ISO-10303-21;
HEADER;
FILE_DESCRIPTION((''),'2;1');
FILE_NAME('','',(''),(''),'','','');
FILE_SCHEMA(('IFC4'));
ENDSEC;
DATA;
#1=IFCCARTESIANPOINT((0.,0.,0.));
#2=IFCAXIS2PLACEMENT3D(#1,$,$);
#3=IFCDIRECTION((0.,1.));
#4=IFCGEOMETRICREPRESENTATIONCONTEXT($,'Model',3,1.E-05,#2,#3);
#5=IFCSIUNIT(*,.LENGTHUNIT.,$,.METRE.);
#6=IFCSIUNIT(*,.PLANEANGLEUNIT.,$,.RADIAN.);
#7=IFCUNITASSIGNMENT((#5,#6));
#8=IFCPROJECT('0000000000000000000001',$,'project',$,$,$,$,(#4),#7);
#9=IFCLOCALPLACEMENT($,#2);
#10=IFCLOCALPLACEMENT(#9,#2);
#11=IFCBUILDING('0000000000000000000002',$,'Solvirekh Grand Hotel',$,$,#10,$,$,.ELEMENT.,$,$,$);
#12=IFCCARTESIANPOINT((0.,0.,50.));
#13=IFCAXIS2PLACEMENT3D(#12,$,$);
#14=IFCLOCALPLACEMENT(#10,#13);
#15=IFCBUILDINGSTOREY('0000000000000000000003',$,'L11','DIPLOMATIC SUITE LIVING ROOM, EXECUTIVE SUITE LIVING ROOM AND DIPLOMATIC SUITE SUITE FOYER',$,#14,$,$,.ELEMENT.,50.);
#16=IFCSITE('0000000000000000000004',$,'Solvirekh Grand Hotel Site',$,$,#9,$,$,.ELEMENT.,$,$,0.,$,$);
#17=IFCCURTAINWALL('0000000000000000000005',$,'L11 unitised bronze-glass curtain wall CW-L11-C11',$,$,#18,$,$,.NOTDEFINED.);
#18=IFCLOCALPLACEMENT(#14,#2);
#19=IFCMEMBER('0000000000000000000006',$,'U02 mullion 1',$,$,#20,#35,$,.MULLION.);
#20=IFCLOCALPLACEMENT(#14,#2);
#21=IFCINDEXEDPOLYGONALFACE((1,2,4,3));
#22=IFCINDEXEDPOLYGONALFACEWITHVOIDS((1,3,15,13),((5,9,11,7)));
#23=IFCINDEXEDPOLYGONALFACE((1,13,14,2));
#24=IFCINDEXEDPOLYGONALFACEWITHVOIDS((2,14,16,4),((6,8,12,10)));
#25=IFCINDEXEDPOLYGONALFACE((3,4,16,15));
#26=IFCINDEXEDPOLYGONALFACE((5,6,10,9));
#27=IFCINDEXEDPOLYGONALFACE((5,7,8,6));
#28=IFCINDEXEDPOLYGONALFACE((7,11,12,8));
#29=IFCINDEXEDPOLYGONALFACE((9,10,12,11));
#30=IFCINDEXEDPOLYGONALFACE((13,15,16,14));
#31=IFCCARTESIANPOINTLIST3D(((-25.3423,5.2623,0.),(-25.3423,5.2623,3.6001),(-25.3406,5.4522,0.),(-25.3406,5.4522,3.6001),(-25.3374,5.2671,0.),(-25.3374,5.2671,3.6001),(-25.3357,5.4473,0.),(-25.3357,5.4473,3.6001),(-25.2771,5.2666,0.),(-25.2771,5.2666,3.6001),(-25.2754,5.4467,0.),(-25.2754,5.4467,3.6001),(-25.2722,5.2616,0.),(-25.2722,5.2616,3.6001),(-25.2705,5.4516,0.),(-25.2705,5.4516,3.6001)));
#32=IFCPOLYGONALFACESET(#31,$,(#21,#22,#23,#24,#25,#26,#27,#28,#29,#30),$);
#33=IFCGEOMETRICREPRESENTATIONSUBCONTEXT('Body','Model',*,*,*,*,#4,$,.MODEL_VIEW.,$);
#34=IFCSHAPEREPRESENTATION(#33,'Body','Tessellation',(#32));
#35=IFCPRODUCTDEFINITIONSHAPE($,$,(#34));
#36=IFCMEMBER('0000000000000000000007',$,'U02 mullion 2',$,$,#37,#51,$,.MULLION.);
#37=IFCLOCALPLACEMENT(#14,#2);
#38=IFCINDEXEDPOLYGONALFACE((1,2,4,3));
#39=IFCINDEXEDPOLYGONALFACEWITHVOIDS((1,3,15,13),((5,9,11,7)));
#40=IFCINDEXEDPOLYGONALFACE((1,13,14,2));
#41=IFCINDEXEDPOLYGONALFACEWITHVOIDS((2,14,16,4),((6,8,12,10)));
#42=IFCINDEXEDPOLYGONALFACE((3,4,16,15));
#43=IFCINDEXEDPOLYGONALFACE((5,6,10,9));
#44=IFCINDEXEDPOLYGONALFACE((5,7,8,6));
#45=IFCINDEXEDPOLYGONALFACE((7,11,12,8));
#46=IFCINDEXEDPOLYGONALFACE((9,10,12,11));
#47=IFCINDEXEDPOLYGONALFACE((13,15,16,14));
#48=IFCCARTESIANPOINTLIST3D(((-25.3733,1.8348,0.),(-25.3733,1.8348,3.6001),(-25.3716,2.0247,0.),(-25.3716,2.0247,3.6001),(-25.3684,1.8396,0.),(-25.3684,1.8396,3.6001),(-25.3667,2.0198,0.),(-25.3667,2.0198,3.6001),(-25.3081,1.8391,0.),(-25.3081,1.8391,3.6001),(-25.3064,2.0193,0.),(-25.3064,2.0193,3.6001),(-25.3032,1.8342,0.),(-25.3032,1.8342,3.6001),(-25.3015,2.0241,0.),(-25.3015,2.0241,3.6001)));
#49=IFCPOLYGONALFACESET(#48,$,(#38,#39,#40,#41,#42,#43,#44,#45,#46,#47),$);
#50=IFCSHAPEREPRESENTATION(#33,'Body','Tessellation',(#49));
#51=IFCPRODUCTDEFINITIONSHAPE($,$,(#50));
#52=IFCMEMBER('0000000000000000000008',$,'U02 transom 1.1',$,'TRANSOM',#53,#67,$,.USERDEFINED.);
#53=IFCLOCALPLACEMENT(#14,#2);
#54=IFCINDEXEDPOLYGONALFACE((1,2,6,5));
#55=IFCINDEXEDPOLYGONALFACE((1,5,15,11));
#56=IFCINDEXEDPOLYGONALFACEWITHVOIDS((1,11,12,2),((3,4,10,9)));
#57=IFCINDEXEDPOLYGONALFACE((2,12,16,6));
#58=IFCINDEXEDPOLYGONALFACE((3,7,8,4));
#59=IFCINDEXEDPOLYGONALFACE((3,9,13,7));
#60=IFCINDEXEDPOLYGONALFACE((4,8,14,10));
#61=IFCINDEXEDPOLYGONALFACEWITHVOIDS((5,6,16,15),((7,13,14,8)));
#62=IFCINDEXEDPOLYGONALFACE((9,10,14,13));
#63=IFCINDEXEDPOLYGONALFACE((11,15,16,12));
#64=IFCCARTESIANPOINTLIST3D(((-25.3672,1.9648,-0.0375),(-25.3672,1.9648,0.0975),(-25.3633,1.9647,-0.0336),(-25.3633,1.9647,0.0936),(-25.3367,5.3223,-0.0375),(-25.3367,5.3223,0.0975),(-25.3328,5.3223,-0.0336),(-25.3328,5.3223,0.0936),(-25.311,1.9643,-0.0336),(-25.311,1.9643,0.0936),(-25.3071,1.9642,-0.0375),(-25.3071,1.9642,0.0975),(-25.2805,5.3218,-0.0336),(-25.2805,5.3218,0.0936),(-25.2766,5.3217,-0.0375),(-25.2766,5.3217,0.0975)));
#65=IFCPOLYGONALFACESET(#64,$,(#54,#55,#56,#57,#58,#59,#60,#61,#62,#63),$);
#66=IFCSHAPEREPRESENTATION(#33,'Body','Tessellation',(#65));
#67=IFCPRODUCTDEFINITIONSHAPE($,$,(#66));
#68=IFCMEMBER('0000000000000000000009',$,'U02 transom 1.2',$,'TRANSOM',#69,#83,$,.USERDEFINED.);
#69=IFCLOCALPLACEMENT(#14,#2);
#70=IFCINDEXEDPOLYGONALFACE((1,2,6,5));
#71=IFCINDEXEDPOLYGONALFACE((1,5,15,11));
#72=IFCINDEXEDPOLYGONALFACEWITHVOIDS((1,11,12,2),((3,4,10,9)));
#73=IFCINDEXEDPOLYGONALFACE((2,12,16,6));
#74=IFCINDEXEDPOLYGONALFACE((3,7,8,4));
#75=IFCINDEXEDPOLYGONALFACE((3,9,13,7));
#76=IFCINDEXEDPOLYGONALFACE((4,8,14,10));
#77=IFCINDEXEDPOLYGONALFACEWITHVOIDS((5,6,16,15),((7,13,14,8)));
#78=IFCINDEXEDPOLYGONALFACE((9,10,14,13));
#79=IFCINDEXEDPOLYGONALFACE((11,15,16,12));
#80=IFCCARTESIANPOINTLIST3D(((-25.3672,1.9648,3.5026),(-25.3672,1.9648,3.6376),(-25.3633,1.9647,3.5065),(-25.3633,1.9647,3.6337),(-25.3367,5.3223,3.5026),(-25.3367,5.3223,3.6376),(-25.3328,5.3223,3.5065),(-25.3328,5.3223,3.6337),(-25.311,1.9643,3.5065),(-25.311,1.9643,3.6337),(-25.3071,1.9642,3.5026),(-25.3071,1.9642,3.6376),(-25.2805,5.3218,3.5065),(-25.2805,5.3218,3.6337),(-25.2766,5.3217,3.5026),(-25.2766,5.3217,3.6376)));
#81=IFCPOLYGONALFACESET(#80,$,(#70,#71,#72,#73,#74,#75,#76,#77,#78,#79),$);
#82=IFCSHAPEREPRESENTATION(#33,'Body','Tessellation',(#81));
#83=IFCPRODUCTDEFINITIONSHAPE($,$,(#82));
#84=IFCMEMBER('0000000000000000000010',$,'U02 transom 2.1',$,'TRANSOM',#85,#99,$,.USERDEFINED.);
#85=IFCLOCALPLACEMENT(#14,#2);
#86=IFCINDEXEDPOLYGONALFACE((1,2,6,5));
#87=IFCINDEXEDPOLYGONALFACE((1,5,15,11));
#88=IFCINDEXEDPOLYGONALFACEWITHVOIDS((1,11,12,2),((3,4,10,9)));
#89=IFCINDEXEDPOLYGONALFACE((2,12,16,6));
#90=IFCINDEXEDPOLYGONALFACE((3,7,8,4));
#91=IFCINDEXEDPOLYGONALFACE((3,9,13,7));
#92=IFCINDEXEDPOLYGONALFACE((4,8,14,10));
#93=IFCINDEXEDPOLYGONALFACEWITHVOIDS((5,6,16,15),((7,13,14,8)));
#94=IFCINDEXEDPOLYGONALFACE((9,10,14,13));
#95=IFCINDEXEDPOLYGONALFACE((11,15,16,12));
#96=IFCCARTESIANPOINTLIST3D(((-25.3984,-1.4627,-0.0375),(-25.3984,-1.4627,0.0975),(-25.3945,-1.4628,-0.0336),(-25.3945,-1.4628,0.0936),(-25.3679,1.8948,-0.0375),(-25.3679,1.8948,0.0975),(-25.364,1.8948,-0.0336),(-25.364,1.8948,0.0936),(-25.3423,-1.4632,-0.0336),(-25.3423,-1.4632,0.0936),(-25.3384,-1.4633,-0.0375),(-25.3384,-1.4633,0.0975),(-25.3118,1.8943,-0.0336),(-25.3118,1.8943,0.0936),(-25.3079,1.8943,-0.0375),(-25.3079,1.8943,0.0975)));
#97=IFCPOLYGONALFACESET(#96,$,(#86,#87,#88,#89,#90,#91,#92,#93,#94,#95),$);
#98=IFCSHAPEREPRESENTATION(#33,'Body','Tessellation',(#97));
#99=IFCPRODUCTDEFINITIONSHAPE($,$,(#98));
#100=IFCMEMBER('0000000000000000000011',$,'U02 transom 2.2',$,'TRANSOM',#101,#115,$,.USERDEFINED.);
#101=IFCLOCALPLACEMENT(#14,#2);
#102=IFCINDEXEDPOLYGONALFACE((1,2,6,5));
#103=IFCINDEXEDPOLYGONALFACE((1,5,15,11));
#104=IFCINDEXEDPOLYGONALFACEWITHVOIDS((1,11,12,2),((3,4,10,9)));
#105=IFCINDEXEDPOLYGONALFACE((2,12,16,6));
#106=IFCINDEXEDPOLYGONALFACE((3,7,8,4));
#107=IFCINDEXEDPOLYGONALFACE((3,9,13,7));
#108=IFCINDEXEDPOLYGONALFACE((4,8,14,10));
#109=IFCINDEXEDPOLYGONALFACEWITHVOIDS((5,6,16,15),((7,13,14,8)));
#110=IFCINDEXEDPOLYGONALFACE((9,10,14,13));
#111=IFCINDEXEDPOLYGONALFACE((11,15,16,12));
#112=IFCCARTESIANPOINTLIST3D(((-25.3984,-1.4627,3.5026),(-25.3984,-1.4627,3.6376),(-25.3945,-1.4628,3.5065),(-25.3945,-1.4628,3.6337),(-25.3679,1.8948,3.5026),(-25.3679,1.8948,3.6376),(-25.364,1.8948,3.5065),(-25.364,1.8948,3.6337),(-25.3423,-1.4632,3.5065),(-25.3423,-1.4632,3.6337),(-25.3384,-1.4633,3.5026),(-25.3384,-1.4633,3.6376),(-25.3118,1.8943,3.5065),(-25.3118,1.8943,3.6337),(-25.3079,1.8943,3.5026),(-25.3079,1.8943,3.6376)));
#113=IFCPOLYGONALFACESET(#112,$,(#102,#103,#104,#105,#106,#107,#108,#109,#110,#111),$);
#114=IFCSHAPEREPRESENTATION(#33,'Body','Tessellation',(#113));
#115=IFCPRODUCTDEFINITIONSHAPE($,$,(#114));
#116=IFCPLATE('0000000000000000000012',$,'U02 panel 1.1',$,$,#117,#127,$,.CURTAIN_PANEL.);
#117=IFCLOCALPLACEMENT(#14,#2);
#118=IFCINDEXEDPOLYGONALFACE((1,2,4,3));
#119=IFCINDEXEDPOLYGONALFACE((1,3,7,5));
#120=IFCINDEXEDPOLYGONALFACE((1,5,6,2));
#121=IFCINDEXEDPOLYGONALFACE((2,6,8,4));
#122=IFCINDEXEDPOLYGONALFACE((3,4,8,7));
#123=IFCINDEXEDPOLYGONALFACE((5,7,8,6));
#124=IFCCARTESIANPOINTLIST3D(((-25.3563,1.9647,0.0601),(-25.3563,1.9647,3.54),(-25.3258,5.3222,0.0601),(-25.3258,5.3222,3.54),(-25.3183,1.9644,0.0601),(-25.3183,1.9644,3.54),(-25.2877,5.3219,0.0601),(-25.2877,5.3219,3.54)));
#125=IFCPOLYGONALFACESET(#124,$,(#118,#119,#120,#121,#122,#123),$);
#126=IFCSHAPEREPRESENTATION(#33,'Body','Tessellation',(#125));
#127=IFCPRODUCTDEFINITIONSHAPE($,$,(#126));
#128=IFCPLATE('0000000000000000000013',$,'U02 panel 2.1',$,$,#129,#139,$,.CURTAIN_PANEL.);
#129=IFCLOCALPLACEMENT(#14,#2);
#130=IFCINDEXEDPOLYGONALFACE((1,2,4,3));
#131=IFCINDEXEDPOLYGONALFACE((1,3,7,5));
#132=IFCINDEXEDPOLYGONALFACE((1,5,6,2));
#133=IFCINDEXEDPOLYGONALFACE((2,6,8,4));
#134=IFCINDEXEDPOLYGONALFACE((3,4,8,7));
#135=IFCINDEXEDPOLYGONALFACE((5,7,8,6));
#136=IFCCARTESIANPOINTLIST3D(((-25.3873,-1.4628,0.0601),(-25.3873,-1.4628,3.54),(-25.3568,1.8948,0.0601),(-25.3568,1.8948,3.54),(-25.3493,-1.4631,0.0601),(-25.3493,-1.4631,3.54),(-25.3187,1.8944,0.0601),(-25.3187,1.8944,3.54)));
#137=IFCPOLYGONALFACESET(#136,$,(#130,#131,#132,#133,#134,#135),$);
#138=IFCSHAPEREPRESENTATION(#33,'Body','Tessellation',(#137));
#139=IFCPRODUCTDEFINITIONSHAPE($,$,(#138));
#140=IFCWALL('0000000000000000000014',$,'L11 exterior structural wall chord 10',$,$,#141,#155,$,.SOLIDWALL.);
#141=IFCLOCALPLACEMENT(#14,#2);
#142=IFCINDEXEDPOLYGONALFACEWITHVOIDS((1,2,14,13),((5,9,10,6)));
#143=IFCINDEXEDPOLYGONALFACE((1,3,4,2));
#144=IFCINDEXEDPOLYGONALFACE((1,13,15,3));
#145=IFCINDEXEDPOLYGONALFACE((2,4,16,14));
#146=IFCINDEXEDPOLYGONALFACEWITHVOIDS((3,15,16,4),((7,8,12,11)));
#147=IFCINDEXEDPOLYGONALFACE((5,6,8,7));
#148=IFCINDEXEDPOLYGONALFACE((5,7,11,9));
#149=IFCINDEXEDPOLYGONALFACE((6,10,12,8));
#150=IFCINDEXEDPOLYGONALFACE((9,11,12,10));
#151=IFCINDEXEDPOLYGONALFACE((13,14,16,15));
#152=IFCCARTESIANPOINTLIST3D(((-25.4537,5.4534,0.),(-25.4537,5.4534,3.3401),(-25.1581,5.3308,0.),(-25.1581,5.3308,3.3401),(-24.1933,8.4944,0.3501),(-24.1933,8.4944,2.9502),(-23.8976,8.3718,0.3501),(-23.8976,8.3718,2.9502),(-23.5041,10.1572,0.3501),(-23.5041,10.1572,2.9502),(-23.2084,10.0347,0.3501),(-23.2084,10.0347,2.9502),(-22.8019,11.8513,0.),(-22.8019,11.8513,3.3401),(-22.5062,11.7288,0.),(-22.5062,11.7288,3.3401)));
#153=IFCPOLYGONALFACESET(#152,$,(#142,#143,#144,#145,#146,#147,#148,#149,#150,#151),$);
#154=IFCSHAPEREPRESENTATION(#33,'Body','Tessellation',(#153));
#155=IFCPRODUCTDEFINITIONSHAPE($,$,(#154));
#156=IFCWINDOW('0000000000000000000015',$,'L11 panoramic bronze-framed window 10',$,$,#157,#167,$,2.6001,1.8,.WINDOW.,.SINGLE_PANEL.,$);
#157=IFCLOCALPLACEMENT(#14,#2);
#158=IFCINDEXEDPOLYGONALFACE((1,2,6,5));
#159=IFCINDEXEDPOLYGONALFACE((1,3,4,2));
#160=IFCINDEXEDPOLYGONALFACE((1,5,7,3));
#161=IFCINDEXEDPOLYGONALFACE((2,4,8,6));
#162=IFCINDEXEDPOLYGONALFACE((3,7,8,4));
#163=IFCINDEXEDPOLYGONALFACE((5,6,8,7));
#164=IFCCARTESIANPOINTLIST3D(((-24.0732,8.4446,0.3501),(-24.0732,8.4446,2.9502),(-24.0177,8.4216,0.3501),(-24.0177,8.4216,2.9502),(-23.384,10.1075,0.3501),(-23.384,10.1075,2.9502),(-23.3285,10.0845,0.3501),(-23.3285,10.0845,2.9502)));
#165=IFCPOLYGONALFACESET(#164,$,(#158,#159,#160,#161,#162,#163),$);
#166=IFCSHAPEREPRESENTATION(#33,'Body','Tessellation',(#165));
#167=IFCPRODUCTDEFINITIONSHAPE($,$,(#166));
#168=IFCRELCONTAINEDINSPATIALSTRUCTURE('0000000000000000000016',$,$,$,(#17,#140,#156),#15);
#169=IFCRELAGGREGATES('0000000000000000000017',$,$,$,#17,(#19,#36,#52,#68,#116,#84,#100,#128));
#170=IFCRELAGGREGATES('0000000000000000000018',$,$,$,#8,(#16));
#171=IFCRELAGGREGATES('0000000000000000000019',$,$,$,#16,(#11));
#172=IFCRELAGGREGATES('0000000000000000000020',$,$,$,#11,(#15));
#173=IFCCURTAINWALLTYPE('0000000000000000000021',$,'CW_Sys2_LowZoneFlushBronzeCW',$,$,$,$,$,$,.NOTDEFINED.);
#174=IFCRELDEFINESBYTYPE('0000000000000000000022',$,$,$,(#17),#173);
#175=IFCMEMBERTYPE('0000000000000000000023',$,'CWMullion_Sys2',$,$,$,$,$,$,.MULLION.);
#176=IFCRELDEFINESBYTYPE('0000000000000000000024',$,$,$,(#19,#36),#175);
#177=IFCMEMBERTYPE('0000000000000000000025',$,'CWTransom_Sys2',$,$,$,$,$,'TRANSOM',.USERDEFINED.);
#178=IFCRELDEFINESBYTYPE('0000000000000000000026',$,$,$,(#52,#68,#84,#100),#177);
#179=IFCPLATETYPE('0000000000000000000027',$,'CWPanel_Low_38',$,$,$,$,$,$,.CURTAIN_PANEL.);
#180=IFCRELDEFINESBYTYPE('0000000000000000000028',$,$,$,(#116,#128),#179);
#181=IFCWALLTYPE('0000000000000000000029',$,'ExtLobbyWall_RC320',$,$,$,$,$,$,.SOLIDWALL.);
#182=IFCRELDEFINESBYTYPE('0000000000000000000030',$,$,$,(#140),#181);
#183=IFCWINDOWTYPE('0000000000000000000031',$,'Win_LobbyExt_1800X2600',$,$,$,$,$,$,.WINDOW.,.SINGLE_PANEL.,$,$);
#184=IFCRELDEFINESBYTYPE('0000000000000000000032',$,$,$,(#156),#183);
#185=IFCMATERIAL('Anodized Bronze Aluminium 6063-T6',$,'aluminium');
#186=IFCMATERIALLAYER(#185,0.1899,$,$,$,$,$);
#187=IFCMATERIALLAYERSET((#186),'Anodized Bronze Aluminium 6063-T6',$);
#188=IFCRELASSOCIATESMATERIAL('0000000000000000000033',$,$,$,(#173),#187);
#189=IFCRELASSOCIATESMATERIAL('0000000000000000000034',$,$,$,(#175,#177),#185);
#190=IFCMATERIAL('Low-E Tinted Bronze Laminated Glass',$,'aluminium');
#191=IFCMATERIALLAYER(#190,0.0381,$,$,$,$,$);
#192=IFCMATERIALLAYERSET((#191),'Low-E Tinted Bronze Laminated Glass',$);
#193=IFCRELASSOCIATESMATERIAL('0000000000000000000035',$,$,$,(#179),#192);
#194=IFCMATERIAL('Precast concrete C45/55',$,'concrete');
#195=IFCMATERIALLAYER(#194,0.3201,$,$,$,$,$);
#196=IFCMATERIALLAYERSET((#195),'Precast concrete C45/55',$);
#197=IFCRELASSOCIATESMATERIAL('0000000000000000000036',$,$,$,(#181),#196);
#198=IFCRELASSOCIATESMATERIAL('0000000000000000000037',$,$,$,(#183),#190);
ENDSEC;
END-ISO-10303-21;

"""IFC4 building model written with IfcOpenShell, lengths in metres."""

from ifc_helpers import new_model, si_unit, direction, frame, frame_2d, origin, origin_2d, place, context, subcontext, project, spatial, rectangle, hollow_rectangle, extrude, source, transform, mapped, material, layer, layer_set, material_profile, profile_set, type_object, element, fill, aggregate, save


model = new_model("IFC4")

# Units and contexts
model_context = context("Model", 3, precision=1e-05, world=origin(), true_north=direction((0.0, 1.0)))
body_context = subcontext(model_context, "Body", "Model", "MODEL_VIEW")
ifc_project = project(units=[si_unit("LENGTHUNIT", "METRE"), si_unit("PLANEANGLEUNIT", "RADIAN")], contexts=[model_context])

# Site, building, storey
site_placement = place(None, origin())
site = spatial("IfcSite", under=ifc_project, at=site_placement, Name="Solvirekh Grand Hotel Site", CompositionType="ELEMENT", RefElevation=0.0)
building_placement = place(site_placement, origin())
building = spatial("IfcBuilding", under=site, at=building_placement, Name="Solvirekh Grand Hotel", CompositionType="ELEMENT")
storey_placement = place(building_placement, frame((0.0, 0.0, 50.0)))
storey = spatial("IfcBuildingStorey", under=building, at=storey_placement, Name="L11", Description="DIPLOMATIC SUITE LIVING ROOM, EXECUTIVE SUITE LIVING ROOM AND DIPLOMATIC SUITE SUITE FOYER", CompositionType="ELEMENT", Elevation=50.0)

# Curtain wall, members, plates
ifc_material_1 = material(Name="Anodized Bronze Aluminium 6063-T6", Category="aluminium")
ifc_layer_1 = layer(ifc_material_1, 0.1899)
ifc_layer_set_1 = layer_set([ifc_layer_1], Name="Anodized Bronze Aluminium 6063-T6")
curtain_wall_type = type_object("IfcCurtainWallType", Name="CW_Sys2_LowZoneFlushBronzeCW", PredefinedType="NOTDEFINED", material=ifc_layer_set_1)
curtain_wall_placement = place(storey_placement, origin())
curtain_wall = element("IfcCurtainWall", 1, at=curtain_wall_placement, inside=storey, type_object=curtain_wall_type, Name="L11 unitised bronze-glass curtain wall CW-L11-C11", PredefinedType="NOTDEFINED")
ifc_material_profile_1 = material_profile(ifc_material_1, hollow_rectangle(XDim=0.0701, YDim=0.1899, WallThickness=0.0049, at=origin_2d()), Name="ALU RHS 190X70X5")
ifc_profile_set_1 = profile_set([ifc_material_profile_1], Name="Anodized Bronze Aluminium 6063-T6")
member_type_1 = type_object("IfcMemberType", Name="CWMullion_Sys2", PredefinedType="MULLION", material=ifc_profile_set_1)
shared_shape_1 = source(origin(), body_context, "Body", "SweptSolid", [
    extrude(hollow_rectangle(XDim=0.0701, YDim=0.1899, WallThickness=0.0049, at=origin_2d()), origin(), (0.0, 0.0, 1.0), 3.6001),
])
member_1_placement = place(storey_placement, frame((-25.3064, 5.3569, 0.0), z_axis=(0.0, 0.0, 1.0), x_axis=(0.999959, -0.009097, 0.0)))
member_1 = element("IfcMember", 2, at=member_1_placement, type_object=member_type_1, Name="U02 mullion 1", PredefinedType="MULLION", context=body_context, shape_type="MappedRepresentation", body=[
    mapped(shared_shape_1, transform((0.0, 0.0, 0.0), x_axis=(1.0, 0.0, 0.0), y_axis=(0.0, 1.0, 0.0), z_axis=(0.0, 0.0, 1.0), scale=1.0)),
])
member_2_placement = place(storey_placement, frame((-25.3374, 1.9294, 0.0), z_axis=(0.0, 0.0, 1.0), x_axis=(0.999959, -0.009097, 0.0)))
member_2 = element("IfcMember", 3, at=member_2_placement, type_object=member_type_1, Name="U02 mullion 2", PredefinedType="MULLION", context=body_context, shape_type="MappedRepresentation", body=[
    mapped(shared_shape_1, transform((0.0, 0.0, 0.0), x_axis=(1.0, 0.0, 0.0), y_axis=(0.0, 1.0, 0.0), z_axis=(0.0, 0.0, 1.0), scale=1.0)),
])
ifc_material_profile_2 = material_profile(ifc_material_1, hollow_rectangle(XDim=0.0601, YDim=0.135, WallThickness=0.0039, at=origin_2d()), Name="ALU RHS 135X60X4")
ifc_profile_set_2 = profile_set([ifc_material_profile_2], Name="Anodized Bronze Aluminium 6063-T6")
member_type_2 = type_object("IfcMemberType", Name="CWTransom_Sys2", ElementType="TRANSOM", PredefinedType="USERDEFINED", material=ifc_profile_set_2)
shared_shape_2 = source(origin(), body_context, "Body", "SweptSolid", [
    extrude(hollow_rectangle(XDim=0.0601, YDim=0.135, WallThickness=0.0039, at=origin_2d()), origin(), (0.0, 0.0, 1.0), 3.3577),
])
member_3_placement = place(storey_placement, frame((-25.3066, 5.322, 0.03), z_axis=(-0.009089, -0.999959, 0.0), x_axis=(0.999959, -0.009089, 0.0)))
member_3 = element("IfcMember", 4, at=member_3_placement, type_object=member_type_2, Name="U02 transom 1.1", ObjectType="TRANSOM", PredefinedType="USERDEFINED", context=body_context, shape_type="MappedRepresentation", body=[
    mapped(shared_shape_2, transform((0.0, 0.0, 0.0), x_axis=(1.0, 0.0, 0.0), y_axis=(0.0, 1.0, 0.0), z_axis=(0.0, 0.0, 1.0), scale=1.0)),
])
member_4_placement = place(storey_placement, frame((-25.3066, 5.322, 3.5701), z_axis=(-0.009089, -0.999959, 0.0), x_axis=(0.999959, -0.009089, 0.0)))
member_4 = element("IfcMember", 5, at=member_4_placement, type_object=member_type_2, Name="U02 transom 1.2", ObjectType="TRANSOM", PredefinedType="USERDEFINED", context=body_context, shape_type="MappedRepresentation", body=[
    mapped(shared_shape_2, transform((0.0, 0.0, 0.0), x_axis=(1.0, 0.0, 0.0), y_axis=(0.0, 1.0, 0.0), z_axis=(0.0, 0.0, 1.0), scale=1.0)),
])
member_5_placement = place(storey_placement, frame((-25.3379, 1.8945, 0.03), z_axis=(-0.009089, -0.999959, 0.0), x_axis=(0.999959, -0.009089, 0.0)))
member_5 = element("IfcMember", 6, at=member_5_placement, type_object=member_type_2, Name="U02 transom 2.1", ObjectType="TRANSOM", PredefinedType="USERDEFINED", context=body_context, shape_type="MappedRepresentation", body=[
    mapped(shared_shape_2, transform((0.0, 0.0, 0.0), x_axis=(1.0, 0.0, 0.0), y_axis=(0.0, 1.0, 0.0), z_axis=(0.0, 0.0, 1.0), scale=1.0)),
])
member_6_placement = place(storey_placement, frame((-25.3379, 1.8945, 3.5701), z_axis=(-0.009089, -0.999959, 0.0), x_axis=(0.999959, -0.009089, 0.0)))
member_6 = element("IfcMember", 7, at=member_6_placement, type_object=member_type_2, Name="U02 transom 2.2", ObjectType="TRANSOM", PredefinedType="USERDEFINED", context=body_context, shape_type="MappedRepresentation", body=[
    mapped(shared_shape_2, transform((0.0, 0.0, 0.0), x_axis=(1.0, 0.0, 0.0), y_axis=(0.0, 1.0, 0.0), z_axis=(0.0, 0.0, 1.0), scale=1.0)),
])
ifc_material_2 = material(Name="Low-E Tinted Bronze Laminated Glass", Category="aluminium")
ifc_layer_2 = layer(ifc_material_2, 0.0381)
ifc_layer_set_2 = layer_set([ifc_layer_2], Name="Low-E Tinted Bronze Laminated Glass")
plate_type = type_object("IfcPlateType", Name="CWPanel_Low_38", PredefinedType="CURTAIN_PANEL", material=ifc_layer_set_2)
shared_shape_3 = source(origin(), body_context, "Body", "SweptSolid", [
    extrude(rectangle(XDim=3.3577, YDim=0.0381, at=origin_2d()), origin(), (0.0, 0.0, 1.0), 3.48),
])
plate_1_placement = place(storey_placement, frame((-25.322, 3.6433, 0.0601), z_axis=(0.0, 0.0, 1.0), x_axis=(-0.009097, -0.999959, 0.0)))
plate_1 = element("IfcPlate", 8, at=plate_1_placement, type_object=plate_type, Name="U02 panel 1.1", PredefinedType="CURTAIN_PANEL", context=body_context, shape_type="MappedRepresentation", body=[
    mapped(shared_shape_3, transform((0.0, 0.0, 0.0), x_axis=(1.0, 0.0, 0.0), y_axis=(0.0, 1.0, 0.0), z_axis=(0.0, 0.0, 1.0), scale=1.0)),
])
plate_2_placement = place(storey_placement, frame((-25.353, 0.2158, 0.0601), z_axis=(0.0, 0.0, 1.0), x_axis=(-0.009097, -0.999959, 0.0)))
plate_2 = element("IfcPlate", 9, at=plate_2_placement, type_object=plate_type, Name="U02 panel 2.1", PredefinedType="CURTAIN_PANEL", context=body_context, shape_type="MappedRepresentation", body=[
    mapped(shared_shape_3, transform((0.0, 0.0, 0.0), x_axis=(1.0, 0.0, 0.0), y_axis=(0.0, 1.0, 0.0), z_axis=(0.0, 0.0, 1.0), scale=1.0)),
])
aggregate(curtain_wall, [member_1, member_2, member_3, member_4, plate_1, member_5, member_6, plate_2])

# Wall, opening, window
ifc_material_3 = material(Name="Precast concrete C45/55", Category="concrete")
ifc_layer_3 = layer(ifc_material_3, 0.3201)
ifc_layer_set_3 = layer_set([ifc_layer_3], Name="Precast concrete C45/55")
wall_type_1 = type_object("IfcWallType", Name="ExtLobbyWall_RC320", PredefinedType="SOLIDWALL", material=ifc_layer_set_3)
wall_1_placement = place(storey_placement, frame((-25.3059, 5.3921, 0.0), z_axis=(0.0, 0.0, 1.0), x_axis=(0.382898, 0.923791, 0.0)))
wall_1 = element("IfcWall", 10, at=wall_1_placement, inside=storey, type_object=wall_type_1, Name="L11 exterior structural wall chord 10", PredefinedType="SOLIDWALL", context=body_context, shape_type="SweptSolid", body=[
    extrude(rectangle(XDim=6.9258, YDim=0.3201, at=frame_2d((3.4629, 0.0))), origin(), (0.0, 0.0, 1.0), 3.3401),
])
opening_1_placement = place(wall_1_placement, frame((3.292, 0.0, 0.3501)))
opening_1 = element("IfcOpeningElement", 11, at=opening_1_placement, cuts=wall_1, PredefinedType="OPENING", context=body_context, shape_type="SweptSolid", body=[
    extrude(rectangle(XDim=1.8, YDim=2.6001, at=frame_2d((0.8999, 1.3))), frame((0.0, 0.1699, 0.0), z_axis=(0.0, -1.0, 0.0), x_axis=(1.0, 0.0, 0.0)), (0.0, 0.0, 1.0), 0.3401),
])
window_type = type_object("IfcWindowType", Name="Win_LobbyExt_1800X2600", PartitioningType="SINGLE_PANEL", PredefinedType="WINDOW", material=ifc_material_2)
window_placement = place(opening_1_placement, origin())
window = element("IfcWindow", 12, at=window_placement, inside=storey, type_object=window_type, Name="L11 panoramic bronze-framed window 10", OverallHeight=2.6001, OverallWidth=1.8, PartitioningType="SINGLE_PANEL", PredefinedType="WINDOW", context=body_context, shape_type="SweptSolid", body=[
    extrude(rectangle(XDim=1.8, YDim=2.6001, at=frame_2d((0.8999, 1.3))), frame((0.0, 0.03, 0.0), z_axis=(0.0, -1.0, 0.0), x_axis=(1.0, 0.0, 0.0)), (0.0, 0.0, 1.0), 0.0601),
])
fill(opening_1, window)

save(model, "model.ifc")
